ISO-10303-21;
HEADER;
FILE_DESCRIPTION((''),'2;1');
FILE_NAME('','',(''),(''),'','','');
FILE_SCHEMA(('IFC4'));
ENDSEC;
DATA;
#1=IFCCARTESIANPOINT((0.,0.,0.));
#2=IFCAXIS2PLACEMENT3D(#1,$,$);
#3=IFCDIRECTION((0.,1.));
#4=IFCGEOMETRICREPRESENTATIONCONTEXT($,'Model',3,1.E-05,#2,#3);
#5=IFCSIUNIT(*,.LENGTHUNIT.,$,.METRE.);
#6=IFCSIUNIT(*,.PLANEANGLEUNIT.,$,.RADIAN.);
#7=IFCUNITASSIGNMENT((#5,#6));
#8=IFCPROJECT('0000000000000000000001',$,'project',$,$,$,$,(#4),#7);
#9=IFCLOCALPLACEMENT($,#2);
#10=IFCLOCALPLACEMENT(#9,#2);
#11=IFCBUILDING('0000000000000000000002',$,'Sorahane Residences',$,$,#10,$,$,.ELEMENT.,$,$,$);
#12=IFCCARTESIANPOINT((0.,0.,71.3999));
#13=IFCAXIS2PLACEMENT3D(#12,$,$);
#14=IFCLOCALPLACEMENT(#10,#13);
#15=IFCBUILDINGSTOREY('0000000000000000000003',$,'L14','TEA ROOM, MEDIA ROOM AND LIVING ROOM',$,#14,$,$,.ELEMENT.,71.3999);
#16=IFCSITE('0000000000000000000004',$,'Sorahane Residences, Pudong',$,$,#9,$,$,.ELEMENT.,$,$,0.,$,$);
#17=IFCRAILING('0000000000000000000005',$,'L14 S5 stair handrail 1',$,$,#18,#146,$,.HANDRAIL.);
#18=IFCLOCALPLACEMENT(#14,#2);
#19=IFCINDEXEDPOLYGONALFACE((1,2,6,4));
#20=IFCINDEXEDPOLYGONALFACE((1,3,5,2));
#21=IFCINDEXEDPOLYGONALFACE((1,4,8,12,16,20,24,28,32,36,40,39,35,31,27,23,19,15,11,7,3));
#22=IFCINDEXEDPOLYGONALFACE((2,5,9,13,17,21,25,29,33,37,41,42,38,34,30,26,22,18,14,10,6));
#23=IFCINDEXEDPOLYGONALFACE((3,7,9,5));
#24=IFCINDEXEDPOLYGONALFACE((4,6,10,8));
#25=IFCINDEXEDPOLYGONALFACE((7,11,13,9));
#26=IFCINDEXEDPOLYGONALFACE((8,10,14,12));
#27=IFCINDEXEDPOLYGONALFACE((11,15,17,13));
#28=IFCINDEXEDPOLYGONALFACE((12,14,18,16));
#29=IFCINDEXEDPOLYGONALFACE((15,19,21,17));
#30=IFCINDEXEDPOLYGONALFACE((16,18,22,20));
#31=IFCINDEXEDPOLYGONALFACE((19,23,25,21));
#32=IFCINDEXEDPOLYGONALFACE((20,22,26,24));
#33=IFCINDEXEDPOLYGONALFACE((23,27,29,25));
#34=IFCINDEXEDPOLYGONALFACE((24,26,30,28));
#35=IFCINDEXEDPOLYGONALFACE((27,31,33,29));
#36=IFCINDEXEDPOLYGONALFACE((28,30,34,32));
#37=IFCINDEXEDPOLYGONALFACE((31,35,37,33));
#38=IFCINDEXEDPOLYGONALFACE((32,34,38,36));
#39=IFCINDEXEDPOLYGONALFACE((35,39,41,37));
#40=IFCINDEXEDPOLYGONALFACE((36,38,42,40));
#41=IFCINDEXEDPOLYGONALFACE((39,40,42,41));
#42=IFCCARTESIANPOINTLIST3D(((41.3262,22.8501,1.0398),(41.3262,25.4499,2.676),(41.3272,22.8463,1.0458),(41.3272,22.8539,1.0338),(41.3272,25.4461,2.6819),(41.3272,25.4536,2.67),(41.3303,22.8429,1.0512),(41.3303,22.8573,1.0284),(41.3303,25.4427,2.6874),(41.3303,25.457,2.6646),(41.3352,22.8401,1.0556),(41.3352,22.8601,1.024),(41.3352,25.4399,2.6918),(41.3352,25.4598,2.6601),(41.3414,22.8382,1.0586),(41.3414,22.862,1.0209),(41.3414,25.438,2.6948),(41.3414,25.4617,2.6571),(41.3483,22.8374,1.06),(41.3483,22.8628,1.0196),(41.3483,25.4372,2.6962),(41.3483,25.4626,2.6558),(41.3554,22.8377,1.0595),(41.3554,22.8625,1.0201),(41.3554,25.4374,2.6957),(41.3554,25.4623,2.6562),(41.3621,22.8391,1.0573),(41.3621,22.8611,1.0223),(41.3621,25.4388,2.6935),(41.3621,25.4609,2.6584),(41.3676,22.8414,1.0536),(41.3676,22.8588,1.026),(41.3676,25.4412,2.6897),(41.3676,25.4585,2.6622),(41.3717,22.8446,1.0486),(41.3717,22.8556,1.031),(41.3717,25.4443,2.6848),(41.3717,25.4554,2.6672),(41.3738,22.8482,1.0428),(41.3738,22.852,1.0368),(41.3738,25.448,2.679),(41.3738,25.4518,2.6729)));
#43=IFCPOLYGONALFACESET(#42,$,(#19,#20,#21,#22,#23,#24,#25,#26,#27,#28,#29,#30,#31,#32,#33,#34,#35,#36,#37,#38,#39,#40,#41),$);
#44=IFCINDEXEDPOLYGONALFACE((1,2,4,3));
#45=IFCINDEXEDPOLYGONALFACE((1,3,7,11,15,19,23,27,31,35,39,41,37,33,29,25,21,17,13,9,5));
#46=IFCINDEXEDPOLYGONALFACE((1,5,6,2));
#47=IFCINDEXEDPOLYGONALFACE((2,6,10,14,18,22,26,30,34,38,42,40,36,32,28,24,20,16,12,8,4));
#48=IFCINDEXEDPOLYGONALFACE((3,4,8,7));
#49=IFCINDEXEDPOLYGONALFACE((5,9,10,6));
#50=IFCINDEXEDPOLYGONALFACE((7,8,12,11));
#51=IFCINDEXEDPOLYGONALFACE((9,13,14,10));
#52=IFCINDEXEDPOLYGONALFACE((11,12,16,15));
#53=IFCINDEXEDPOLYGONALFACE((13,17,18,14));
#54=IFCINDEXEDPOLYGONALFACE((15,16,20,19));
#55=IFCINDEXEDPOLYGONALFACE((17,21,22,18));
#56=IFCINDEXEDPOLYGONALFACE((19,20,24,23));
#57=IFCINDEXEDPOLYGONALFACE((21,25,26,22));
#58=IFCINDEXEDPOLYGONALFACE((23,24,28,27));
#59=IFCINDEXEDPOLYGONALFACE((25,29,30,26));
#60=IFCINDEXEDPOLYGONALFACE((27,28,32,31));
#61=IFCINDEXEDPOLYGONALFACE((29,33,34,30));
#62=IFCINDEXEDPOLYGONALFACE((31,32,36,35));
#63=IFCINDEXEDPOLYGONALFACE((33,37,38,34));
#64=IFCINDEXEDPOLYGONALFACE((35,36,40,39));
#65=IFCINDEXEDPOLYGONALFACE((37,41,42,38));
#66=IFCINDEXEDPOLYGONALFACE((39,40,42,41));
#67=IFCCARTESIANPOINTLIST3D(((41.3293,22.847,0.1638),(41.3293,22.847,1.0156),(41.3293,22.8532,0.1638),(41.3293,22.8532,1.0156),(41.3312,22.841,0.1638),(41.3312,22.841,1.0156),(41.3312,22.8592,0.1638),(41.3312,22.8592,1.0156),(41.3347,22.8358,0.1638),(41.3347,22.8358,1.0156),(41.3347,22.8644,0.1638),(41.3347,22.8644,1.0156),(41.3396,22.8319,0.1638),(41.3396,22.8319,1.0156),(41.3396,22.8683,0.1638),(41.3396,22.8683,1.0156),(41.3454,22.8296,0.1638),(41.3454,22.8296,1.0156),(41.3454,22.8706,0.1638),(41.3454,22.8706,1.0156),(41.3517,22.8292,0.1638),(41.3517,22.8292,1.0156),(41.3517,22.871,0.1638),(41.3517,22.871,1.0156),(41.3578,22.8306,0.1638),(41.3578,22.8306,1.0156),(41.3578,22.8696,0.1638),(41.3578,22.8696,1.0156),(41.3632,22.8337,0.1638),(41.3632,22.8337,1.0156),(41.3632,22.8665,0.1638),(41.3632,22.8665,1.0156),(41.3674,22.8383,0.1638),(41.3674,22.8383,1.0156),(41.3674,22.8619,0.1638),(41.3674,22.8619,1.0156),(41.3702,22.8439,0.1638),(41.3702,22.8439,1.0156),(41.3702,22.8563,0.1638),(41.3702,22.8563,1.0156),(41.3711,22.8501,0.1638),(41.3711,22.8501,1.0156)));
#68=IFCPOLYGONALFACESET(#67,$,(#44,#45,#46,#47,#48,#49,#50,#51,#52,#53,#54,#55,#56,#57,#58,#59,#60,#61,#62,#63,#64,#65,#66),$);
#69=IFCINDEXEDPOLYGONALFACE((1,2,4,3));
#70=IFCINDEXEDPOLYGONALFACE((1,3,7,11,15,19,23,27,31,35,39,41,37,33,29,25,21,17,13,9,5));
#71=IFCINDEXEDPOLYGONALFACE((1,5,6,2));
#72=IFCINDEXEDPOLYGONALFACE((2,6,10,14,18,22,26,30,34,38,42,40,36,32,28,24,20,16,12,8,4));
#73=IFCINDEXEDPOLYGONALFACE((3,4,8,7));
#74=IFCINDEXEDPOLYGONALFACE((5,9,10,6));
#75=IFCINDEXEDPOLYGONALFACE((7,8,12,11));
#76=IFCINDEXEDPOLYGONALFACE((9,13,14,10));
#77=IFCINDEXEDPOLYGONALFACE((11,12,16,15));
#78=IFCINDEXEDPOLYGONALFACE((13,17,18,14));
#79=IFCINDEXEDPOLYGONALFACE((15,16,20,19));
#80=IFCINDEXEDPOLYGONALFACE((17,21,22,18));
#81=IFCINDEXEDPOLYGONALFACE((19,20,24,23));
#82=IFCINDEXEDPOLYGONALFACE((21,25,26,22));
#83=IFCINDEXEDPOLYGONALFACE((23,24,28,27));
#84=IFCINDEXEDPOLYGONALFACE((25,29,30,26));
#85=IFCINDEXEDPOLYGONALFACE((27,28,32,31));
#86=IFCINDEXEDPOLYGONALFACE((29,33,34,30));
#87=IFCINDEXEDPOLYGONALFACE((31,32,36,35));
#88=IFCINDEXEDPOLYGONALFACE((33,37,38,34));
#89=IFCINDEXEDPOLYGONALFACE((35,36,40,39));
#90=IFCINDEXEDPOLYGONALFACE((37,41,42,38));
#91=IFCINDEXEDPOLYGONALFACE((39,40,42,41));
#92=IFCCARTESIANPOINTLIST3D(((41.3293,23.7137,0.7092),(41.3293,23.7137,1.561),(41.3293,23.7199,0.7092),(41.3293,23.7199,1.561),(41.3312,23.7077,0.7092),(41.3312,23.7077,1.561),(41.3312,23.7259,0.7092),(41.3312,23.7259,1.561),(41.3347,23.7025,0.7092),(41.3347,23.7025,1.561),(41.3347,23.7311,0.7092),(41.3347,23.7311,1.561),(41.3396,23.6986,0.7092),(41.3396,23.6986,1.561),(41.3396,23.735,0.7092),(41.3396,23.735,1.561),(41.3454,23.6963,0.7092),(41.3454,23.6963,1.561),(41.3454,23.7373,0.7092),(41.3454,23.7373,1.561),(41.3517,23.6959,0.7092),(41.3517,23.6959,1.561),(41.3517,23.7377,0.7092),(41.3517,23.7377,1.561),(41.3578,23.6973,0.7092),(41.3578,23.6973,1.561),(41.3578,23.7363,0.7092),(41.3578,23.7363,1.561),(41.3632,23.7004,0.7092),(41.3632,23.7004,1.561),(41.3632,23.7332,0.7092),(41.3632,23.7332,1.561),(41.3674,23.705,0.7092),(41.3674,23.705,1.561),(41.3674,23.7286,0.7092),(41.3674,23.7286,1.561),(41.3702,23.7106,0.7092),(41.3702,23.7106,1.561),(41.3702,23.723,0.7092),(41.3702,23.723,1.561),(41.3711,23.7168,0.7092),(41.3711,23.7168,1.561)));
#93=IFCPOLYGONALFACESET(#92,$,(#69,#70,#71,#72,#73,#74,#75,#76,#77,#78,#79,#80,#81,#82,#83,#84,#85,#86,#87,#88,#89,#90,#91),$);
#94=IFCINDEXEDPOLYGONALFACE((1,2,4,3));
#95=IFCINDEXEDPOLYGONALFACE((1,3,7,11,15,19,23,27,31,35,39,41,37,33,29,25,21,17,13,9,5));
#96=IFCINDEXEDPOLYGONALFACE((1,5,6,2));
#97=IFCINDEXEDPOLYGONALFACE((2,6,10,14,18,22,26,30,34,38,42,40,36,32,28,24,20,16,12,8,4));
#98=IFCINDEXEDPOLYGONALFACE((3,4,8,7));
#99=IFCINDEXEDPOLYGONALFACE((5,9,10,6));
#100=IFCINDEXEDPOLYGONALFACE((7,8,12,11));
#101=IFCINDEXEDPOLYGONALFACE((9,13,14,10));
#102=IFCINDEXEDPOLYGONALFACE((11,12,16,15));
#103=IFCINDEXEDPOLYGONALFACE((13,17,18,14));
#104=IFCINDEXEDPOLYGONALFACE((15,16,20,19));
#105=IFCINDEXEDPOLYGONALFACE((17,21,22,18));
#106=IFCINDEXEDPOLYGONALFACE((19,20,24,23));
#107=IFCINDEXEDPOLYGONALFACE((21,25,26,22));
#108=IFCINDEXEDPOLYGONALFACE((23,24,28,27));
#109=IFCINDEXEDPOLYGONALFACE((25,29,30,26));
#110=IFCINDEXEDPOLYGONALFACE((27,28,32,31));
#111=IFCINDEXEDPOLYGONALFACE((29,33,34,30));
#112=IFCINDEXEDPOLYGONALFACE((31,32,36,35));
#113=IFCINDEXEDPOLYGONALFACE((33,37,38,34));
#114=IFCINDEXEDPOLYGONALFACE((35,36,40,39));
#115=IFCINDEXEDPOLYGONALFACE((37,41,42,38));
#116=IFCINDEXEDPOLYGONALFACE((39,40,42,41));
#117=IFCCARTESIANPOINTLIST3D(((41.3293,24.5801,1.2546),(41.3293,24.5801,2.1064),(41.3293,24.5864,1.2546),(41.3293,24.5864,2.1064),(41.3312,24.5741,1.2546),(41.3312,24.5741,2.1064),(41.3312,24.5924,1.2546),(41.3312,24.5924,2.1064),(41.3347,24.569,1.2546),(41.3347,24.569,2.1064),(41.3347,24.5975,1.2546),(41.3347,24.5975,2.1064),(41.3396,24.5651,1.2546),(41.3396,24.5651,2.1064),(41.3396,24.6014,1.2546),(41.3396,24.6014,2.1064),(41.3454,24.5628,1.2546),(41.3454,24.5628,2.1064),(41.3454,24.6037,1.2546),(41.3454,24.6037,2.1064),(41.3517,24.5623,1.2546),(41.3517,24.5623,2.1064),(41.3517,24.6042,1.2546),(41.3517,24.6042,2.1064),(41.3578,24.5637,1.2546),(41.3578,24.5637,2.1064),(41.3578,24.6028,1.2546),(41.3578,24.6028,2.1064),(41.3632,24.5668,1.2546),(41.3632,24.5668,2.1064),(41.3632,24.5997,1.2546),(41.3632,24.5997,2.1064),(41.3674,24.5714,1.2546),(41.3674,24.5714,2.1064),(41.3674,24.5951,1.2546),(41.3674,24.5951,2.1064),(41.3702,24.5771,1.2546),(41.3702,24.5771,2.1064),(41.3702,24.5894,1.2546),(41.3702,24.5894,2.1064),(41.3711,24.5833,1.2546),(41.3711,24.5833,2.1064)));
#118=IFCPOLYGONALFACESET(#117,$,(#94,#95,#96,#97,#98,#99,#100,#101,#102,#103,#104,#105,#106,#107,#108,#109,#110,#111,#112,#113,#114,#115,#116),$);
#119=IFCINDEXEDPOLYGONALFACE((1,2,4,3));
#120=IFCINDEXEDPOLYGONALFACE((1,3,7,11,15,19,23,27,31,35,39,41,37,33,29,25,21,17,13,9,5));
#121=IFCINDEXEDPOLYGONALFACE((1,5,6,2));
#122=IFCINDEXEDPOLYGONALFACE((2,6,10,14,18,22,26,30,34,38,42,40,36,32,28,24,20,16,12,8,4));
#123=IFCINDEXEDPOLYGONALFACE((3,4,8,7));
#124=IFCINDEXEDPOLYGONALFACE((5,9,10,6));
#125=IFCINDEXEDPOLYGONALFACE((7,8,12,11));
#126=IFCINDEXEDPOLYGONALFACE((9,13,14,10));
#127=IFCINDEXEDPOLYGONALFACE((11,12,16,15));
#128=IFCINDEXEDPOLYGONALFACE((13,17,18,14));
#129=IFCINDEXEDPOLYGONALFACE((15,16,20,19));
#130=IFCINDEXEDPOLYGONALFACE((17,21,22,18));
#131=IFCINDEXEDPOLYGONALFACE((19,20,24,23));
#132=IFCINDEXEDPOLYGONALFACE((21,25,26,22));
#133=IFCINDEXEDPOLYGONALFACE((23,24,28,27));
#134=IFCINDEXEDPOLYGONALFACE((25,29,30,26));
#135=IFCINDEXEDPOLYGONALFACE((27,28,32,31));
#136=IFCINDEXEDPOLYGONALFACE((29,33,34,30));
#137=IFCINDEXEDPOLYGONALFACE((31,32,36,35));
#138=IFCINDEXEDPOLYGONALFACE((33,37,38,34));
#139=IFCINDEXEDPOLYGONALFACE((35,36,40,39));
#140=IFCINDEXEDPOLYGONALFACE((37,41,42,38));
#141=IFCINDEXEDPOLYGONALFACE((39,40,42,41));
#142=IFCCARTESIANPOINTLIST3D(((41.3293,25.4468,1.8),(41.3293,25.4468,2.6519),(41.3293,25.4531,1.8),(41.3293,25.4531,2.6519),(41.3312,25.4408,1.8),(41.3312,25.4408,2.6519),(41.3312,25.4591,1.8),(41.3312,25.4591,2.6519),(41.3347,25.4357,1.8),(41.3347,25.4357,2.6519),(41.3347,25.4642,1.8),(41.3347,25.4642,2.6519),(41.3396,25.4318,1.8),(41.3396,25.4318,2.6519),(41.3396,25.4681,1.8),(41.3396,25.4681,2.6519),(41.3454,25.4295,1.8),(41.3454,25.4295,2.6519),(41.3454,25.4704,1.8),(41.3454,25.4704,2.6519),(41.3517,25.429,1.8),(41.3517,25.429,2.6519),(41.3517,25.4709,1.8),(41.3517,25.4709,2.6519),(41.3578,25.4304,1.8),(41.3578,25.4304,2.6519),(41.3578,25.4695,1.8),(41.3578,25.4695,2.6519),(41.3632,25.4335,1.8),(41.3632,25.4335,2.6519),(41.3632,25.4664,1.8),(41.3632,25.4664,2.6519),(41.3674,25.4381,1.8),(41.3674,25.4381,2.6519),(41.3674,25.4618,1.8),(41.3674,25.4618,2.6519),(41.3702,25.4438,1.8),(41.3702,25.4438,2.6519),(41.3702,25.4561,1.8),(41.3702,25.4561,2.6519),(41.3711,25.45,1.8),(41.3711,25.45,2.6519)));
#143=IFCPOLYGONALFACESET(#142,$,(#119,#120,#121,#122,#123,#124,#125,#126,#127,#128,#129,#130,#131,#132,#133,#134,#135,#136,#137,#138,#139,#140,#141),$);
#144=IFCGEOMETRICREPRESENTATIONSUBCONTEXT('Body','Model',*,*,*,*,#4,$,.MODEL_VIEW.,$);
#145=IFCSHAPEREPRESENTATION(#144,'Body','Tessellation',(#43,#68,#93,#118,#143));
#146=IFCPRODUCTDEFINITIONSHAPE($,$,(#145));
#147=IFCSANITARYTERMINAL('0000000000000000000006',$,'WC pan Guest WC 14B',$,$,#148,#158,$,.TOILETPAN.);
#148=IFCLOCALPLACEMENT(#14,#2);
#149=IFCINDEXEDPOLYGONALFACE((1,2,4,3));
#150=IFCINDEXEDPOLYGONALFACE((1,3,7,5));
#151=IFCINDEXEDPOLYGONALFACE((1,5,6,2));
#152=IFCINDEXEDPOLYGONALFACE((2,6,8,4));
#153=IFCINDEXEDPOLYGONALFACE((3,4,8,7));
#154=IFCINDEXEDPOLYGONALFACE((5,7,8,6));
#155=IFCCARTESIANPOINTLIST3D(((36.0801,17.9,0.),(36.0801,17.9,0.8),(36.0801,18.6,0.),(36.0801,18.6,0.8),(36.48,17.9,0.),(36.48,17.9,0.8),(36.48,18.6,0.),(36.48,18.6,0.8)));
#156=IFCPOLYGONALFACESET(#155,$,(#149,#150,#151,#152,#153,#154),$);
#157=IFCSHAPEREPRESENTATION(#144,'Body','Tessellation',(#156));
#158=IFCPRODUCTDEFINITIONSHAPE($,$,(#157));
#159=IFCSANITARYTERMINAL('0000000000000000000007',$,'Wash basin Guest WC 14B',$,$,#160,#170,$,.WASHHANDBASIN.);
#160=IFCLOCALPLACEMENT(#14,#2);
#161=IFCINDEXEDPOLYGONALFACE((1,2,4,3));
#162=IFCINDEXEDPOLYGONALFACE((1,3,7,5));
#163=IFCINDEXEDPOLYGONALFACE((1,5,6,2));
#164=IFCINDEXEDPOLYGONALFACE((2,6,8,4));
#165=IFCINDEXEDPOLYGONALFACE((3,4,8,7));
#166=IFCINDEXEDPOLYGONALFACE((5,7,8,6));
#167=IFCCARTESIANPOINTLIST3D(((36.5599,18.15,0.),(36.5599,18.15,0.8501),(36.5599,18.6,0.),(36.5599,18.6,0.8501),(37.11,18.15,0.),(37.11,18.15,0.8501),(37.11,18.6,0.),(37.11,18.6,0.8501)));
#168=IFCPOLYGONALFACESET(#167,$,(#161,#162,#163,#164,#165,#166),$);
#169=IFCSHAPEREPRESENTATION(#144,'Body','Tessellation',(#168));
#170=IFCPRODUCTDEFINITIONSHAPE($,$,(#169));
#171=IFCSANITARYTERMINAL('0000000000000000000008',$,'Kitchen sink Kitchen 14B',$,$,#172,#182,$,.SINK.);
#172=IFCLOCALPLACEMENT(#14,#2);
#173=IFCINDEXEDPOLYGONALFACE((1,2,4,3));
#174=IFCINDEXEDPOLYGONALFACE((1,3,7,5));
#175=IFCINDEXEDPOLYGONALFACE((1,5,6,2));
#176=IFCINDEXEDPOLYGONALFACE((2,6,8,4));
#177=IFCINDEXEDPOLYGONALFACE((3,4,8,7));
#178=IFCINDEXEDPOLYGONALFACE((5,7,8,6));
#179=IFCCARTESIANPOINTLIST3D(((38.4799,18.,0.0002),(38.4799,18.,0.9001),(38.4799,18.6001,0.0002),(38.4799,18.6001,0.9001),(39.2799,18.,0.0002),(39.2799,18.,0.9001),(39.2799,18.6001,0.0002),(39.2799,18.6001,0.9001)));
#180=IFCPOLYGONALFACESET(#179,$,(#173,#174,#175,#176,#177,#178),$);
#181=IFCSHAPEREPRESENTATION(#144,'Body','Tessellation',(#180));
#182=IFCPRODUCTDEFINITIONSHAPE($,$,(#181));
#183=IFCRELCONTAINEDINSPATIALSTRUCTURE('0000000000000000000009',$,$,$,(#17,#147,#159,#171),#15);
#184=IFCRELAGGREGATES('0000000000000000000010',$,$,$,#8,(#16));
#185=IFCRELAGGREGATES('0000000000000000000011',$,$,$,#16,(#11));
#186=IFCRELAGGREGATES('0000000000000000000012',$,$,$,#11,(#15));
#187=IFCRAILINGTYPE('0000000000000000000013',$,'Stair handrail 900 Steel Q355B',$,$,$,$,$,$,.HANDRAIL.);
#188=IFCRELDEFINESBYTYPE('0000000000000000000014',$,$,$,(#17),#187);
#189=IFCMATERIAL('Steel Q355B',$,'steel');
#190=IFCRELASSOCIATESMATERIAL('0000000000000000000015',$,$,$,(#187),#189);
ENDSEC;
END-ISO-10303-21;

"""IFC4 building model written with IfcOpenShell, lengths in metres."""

from ifc_helpers import new_model, si_unit, direction, frame, origin, origin_2d, place, context, subcontext, project, spatial, rectangle, circle, extrude, material, type_object, element, save


model = new_model("IFC4")

# Units and contexts
model_context = context("Model", 3, precision=1e-05, world=origin(), true_north=direction((0.0, 1.0)))
body_context = subcontext(model_context, "Body", "Model", "MODEL_VIEW")
ifc_project = project(units=[si_unit("LENGTHUNIT", "METRE"), si_unit("PLANEANGLEUNIT", "RADIAN")], contexts=[model_context])

# Site, building, storey
site_placement = place(None, origin())
site = spatial("IfcSite", under=ifc_project, at=site_placement, Name="Sorahane Residences, Pudong", CompositionType="ELEMENT", RefElevation=0.0)
building_placement = place(site_placement, origin())
building = spatial("IfcBuilding", under=site, at=building_placement, Name="Sorahane Residences", CompositionType="ELEMENT")
storey_placement = place(building_placement, frame((0.0, 0.0, 71.3999)))
storey = spatial("IfcBuildingStorey", under=building, at=storey_placement, Name="L14", Description="TEA ROOM, MEDIA ROOM AND LIVING ROOM", CompositionType="ELEMENT", Elevation=71.3999)

# Railing
ifc_material_1 = material(Name="Steel Q355B", Category="steel")
railing_type_1 = type_object("IfcRailingType", Name="Stair handrail 900 Steel Q355B", PredefinedType="HANDRAIL", material=ifc_material_1)
railing_1_placement = place(storey_placement, frame((41.3501, 22.8501, 0.1638)))
element("IfcRailing", 1, at=railing_1_placement, inside=storey, type_object=railing_type_1, Name="L14 S5 stair handrail 1", PredefinedType="HANDRAIL", context=body_context, shape_type="SweptSolid", body=[
    extrude(circle(Radius=0.0239, at=origin_2d()), frame((0.0, 0.0, 0.876), z_axis=(0.0, 0.846338, 0.532647), x_axis=(-1.0, 0.0, 0.0)), (0.0, 0.0, 1.0), 3.0718),
    extrude(circle(Radius=0.021, at=origin_2d()), origin(), (0.0, 0.0, 1.0), 0.8518),
    extrude(circle(Radius=0.021, at=origin_2d()), frame((0.0, 0.8667, 0.5454)), (0.0, 0.0, 1.0), 0.8518),
    extrude(circle(Radius=0.021, at=origin_2d()), frame((0.0, 1.7332, 1.0908)), (0.0, 0.0, 1.0), 0.8518),
    extrude(circle(Radius=0.021, at=origin_2d()), frame((0.0, 2.5999, 1.6362)), (0.0, 0.0, 1.0), 0.8518),
])

# Sanitary terminals
sanitary_terminal_1_placement = place(storey_placement, frame((36.28, 18.25, 0.0), z_axis=(0.0, 0.0, 1.0), x_axis=(1.0, 0.0, 0.0)))
element("IfcSanitaryTerminal", 2, at=sanitary_terminal_1_placement, inside=storey, Name="WC pan Guest WC 14B", PredefinedType="TOILETPAN", context=body_context, shape_type="SweptSolid", body=[
    extrude(rectangle(XDim=0.3999, YDim=0.7, at=origin_2d()), origin(), (0.0, 0.0, 1.0), 0.8),
])
sanitary_terminal_2_placement = place(storey_placement, frame((36.835, 18.375, 0.0), z_axis=(0.0, 0.0, 1.0), x_axis=(1.0, 0.0, 0.0)))
element("IfcSanitaryTerminal", 3, at=sanitary_terminal_2_placement, inside=storey, Name="Wash basin Guest WC 14B", PredefinedType="WASHHANDBASIN", context=body_context, shape_type="SweptSolid", body=[
    extrude(rectangle(XDim=0.55, YDim=0.45, at=origin_2d()), origin(), (0.0, 0.0, 1.0), 0.8501),
])
sanitary_terminal_3_placement = place(storey_placement, frame((38.8799, 18.3, 0.0002), z_axis=(0.0, 0.0, 1.0), x_axis=(1.0, 0.0, 0.0)))
element("IfcSanitaryTerminal", 4, at=sanitary_terminal_3_placement, inside=storey, Name="Kitchen sink Kitchen 14B", PredefinedType="SINK", context=body_context, shape_type="SweptSolid", body=[
    extrude(rectangle(XDim=0.8, YDim=0.6001, at=origin_2d()), origin(), (0.0, 0.0, 1.0), 0.8999),
])

save(model, "model.ifc")
